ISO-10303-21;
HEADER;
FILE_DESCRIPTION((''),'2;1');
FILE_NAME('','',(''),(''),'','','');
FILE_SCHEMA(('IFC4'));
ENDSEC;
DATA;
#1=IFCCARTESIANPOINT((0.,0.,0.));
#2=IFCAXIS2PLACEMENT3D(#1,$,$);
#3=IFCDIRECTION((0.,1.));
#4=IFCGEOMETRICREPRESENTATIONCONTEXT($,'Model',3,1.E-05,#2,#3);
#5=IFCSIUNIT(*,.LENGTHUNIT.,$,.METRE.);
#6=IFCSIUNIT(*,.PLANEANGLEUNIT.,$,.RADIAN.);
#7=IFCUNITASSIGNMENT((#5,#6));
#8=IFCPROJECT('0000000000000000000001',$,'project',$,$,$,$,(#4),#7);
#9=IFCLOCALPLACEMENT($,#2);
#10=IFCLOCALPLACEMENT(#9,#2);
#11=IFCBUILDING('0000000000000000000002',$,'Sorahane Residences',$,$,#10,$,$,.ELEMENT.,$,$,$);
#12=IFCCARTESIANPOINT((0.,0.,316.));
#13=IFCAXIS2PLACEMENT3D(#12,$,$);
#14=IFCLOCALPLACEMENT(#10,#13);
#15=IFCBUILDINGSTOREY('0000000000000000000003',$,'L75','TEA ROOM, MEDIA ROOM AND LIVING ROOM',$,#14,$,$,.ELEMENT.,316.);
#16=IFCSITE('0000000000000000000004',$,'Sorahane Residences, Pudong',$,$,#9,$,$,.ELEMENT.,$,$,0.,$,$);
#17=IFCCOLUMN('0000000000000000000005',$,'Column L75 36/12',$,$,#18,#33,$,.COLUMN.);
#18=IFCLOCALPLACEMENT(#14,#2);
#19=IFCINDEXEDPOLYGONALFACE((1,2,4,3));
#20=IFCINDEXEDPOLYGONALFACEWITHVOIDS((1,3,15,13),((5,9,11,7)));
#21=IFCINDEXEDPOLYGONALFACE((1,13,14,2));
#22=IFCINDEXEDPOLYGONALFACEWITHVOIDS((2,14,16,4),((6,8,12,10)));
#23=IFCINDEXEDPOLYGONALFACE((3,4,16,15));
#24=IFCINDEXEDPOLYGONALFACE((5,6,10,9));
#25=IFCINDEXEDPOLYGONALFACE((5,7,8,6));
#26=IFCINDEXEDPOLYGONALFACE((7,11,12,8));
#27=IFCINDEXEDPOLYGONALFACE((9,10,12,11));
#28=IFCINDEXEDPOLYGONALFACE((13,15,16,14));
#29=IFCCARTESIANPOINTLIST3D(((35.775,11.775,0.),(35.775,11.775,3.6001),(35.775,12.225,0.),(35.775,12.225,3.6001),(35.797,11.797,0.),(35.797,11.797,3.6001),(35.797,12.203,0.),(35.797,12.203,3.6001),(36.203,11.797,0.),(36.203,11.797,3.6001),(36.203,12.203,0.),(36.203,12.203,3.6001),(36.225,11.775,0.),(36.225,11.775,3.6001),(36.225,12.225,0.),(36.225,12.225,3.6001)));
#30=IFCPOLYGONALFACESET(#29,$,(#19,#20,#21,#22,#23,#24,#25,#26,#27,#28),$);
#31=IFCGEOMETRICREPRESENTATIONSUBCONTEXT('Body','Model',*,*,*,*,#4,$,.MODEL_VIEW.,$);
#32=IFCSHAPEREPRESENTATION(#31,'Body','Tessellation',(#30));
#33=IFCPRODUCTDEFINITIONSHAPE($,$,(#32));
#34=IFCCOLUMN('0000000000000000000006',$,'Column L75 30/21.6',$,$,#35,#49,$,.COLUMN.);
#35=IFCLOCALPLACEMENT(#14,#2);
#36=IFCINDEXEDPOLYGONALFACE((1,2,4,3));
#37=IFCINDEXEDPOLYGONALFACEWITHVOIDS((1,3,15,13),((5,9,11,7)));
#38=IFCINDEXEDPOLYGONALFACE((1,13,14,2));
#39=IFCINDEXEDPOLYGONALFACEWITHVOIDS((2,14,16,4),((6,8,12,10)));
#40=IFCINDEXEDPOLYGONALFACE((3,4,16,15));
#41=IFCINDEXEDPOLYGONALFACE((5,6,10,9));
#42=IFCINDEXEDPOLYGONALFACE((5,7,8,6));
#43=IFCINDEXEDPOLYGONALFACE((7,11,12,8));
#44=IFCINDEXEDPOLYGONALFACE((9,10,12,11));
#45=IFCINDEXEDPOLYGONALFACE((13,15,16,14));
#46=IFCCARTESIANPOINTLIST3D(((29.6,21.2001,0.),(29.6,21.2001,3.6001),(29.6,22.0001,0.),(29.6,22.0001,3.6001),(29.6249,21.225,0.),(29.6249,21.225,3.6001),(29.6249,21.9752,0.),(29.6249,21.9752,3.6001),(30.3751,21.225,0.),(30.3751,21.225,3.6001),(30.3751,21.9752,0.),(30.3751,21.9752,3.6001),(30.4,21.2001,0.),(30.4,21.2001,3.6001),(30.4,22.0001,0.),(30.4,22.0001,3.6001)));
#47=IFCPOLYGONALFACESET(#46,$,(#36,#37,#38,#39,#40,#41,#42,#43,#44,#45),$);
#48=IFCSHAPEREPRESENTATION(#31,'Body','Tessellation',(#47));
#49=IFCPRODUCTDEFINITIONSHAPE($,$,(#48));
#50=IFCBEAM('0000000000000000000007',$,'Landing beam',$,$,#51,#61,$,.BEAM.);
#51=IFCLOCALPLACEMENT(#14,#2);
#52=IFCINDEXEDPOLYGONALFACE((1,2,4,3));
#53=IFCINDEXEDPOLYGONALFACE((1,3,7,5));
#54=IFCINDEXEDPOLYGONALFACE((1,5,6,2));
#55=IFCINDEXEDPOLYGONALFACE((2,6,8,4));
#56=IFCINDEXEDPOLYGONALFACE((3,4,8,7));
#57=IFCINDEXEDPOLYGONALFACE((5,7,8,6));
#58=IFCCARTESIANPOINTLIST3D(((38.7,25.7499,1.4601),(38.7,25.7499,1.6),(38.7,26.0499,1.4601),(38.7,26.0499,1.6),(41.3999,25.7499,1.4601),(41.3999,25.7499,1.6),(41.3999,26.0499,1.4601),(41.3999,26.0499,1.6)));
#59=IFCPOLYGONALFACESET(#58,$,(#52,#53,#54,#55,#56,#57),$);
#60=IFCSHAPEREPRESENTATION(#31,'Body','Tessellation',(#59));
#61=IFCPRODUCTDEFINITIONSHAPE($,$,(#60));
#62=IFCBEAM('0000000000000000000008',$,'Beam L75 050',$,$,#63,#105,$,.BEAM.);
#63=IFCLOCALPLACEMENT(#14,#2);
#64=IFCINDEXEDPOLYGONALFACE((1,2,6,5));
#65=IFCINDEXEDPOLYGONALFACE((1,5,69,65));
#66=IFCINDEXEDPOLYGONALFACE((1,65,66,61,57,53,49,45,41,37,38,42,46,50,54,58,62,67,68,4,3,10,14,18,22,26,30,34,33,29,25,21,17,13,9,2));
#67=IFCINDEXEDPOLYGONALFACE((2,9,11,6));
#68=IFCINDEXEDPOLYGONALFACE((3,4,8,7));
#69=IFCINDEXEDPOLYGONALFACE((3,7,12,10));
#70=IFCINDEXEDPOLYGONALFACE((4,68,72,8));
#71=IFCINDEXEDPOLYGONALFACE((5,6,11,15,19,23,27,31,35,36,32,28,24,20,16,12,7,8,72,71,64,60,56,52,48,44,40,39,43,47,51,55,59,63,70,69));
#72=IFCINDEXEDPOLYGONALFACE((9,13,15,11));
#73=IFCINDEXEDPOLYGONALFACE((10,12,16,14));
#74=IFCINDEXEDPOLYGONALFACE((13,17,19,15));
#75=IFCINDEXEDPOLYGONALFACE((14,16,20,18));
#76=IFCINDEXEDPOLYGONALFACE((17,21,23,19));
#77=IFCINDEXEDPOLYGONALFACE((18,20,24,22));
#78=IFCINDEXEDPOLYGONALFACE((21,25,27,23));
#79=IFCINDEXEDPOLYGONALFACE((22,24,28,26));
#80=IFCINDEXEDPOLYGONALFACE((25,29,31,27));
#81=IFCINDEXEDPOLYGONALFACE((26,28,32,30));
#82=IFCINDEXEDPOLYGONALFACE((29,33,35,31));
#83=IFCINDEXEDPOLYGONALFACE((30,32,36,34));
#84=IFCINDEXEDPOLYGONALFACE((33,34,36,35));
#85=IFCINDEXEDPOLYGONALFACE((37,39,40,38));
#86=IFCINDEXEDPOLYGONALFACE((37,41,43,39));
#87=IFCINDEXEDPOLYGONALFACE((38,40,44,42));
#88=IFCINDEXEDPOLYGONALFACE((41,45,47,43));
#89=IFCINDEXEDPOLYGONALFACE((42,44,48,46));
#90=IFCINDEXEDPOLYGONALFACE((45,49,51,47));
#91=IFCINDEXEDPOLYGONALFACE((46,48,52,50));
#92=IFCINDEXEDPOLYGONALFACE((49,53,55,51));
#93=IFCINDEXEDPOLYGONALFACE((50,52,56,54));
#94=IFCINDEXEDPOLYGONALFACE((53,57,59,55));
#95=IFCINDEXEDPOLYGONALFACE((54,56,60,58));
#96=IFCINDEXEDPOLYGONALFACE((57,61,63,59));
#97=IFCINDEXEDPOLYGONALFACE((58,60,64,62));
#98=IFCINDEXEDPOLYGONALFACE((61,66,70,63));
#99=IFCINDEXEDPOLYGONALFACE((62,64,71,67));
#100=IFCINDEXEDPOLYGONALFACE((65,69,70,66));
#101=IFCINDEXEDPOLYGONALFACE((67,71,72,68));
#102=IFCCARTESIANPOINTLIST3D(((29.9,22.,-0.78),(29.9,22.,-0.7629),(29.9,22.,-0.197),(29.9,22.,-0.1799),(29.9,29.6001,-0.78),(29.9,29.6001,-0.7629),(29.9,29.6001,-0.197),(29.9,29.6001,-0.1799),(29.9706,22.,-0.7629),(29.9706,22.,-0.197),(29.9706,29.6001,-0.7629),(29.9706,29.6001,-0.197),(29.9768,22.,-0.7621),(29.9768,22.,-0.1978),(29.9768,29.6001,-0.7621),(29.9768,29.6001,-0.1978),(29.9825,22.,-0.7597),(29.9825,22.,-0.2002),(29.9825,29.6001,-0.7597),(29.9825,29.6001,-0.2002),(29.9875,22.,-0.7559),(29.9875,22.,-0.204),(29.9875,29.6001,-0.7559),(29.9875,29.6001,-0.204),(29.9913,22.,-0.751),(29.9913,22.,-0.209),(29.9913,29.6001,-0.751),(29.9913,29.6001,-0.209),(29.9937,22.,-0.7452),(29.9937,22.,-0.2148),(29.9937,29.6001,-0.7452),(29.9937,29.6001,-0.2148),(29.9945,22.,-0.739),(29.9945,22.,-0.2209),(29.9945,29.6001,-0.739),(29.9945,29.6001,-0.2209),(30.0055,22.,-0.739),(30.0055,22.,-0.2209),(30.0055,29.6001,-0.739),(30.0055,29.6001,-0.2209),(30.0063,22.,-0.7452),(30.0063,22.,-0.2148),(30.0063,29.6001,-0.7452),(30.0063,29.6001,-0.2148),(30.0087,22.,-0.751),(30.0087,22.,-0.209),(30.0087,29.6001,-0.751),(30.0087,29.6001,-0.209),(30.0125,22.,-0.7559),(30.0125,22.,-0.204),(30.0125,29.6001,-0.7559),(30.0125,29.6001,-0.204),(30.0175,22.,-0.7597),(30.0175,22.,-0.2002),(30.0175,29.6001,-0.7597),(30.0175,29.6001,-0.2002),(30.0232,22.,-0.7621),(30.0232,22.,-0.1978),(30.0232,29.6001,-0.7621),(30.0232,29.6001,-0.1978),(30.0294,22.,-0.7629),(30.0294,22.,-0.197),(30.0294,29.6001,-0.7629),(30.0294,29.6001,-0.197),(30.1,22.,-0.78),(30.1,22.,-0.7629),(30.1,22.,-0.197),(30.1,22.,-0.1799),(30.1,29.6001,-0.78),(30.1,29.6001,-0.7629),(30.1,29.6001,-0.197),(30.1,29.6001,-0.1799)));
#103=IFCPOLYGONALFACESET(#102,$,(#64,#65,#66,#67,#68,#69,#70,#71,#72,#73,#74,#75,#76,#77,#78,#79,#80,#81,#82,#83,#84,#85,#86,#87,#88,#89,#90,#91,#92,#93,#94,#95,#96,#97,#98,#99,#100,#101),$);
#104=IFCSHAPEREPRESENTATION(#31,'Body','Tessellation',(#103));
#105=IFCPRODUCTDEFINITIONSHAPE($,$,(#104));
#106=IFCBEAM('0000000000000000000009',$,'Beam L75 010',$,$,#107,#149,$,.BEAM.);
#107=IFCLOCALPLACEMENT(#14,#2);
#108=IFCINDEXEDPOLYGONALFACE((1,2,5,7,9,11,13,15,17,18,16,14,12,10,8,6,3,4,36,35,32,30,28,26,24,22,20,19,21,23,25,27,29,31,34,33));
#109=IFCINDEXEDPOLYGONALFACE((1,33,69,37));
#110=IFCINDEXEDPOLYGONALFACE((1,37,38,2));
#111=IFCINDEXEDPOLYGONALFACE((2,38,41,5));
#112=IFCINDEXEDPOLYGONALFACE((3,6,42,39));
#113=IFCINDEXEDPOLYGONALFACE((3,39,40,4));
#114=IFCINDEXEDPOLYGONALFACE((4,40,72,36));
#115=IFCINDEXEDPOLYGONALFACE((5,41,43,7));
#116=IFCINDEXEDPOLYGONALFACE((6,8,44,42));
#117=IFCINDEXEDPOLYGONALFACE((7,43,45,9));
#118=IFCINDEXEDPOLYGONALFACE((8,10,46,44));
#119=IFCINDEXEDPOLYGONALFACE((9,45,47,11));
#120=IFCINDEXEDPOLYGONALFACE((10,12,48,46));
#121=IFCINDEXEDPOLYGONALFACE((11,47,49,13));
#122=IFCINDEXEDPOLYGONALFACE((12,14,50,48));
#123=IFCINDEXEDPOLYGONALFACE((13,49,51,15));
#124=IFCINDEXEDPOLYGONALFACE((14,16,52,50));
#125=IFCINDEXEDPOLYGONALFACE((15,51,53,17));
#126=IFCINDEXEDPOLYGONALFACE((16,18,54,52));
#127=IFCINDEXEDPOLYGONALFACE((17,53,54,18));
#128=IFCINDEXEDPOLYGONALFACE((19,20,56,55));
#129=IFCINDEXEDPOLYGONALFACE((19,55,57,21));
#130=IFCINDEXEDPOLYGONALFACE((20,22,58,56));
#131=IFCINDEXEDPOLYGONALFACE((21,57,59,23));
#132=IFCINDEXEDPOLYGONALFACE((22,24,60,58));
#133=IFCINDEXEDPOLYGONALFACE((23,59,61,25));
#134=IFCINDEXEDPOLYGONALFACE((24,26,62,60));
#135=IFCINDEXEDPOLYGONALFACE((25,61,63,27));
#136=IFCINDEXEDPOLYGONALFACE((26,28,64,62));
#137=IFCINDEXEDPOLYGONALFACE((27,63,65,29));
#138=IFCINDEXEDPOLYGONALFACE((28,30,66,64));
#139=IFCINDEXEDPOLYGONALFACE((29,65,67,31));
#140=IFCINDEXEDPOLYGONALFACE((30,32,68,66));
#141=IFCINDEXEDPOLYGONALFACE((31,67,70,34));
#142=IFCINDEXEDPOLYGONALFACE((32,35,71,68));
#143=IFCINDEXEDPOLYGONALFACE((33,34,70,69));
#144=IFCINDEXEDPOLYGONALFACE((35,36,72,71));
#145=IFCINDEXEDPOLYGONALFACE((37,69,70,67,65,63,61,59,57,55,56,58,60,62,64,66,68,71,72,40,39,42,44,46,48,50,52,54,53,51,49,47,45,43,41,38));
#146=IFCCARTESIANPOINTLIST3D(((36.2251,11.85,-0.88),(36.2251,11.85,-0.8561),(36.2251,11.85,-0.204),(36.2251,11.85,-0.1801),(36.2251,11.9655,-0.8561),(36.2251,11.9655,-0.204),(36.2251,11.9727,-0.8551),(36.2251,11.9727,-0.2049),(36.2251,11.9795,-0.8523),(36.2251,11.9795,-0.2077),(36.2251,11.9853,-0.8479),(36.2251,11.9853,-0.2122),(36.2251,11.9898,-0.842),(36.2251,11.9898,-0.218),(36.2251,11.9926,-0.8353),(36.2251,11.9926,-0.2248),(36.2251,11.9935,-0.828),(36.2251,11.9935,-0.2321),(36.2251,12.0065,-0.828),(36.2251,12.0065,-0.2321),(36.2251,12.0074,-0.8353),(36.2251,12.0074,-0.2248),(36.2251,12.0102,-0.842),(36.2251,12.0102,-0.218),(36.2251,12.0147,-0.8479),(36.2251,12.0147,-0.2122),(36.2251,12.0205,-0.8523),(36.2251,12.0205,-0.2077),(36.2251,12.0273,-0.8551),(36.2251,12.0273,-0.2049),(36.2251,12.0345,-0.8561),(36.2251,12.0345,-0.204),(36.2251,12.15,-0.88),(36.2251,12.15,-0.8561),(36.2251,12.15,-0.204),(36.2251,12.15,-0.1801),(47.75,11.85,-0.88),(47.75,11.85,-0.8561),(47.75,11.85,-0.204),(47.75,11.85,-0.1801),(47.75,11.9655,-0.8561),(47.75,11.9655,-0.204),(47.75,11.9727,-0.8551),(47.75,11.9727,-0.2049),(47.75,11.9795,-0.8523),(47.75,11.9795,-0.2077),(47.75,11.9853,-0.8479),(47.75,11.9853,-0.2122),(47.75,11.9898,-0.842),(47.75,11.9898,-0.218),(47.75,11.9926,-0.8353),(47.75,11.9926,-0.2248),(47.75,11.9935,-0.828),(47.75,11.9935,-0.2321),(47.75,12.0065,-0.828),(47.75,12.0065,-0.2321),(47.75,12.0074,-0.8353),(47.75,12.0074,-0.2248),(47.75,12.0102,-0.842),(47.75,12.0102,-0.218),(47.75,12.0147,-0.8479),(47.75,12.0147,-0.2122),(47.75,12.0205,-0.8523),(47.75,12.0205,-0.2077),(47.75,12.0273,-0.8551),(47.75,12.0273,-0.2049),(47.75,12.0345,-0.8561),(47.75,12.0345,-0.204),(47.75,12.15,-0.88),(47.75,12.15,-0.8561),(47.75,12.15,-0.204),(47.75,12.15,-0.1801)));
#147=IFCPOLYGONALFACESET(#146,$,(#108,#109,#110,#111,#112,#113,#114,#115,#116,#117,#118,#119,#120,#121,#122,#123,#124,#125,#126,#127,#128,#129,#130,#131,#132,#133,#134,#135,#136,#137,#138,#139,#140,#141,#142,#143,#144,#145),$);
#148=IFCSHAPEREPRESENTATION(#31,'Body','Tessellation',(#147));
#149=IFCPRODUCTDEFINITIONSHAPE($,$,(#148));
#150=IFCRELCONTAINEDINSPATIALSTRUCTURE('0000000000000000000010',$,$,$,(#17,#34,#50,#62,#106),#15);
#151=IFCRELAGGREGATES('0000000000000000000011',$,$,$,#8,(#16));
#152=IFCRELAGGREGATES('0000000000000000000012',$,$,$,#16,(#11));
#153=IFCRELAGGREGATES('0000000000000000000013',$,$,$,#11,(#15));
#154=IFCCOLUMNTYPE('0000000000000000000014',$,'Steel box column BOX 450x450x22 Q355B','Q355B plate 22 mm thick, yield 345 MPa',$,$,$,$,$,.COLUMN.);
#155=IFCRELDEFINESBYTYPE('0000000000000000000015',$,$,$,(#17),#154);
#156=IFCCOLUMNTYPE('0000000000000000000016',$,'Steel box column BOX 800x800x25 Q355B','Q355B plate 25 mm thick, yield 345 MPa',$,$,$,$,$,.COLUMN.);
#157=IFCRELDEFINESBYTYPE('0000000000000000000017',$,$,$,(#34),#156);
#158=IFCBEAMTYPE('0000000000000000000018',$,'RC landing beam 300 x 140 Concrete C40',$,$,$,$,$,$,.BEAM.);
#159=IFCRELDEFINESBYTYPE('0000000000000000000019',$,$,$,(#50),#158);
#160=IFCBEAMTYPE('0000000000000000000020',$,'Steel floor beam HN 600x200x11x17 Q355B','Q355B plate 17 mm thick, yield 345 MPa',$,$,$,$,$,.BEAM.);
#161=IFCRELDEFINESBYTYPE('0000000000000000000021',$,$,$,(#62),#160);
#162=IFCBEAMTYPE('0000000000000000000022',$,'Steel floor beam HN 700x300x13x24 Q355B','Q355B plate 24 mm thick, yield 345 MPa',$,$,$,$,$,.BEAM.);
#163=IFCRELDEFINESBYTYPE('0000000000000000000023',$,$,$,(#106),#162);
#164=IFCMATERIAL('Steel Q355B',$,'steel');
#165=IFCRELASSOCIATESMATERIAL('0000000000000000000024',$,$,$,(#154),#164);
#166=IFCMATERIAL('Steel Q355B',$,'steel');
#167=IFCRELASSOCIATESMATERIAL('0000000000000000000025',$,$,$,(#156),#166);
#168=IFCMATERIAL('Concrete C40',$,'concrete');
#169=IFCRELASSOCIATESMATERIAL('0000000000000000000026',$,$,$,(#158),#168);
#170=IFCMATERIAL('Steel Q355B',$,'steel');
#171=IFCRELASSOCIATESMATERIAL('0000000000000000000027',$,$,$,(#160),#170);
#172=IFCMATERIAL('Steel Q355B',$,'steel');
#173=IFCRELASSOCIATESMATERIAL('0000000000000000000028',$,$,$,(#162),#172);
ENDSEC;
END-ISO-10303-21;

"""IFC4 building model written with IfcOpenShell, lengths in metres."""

from ifc_helpers import new_model, si_unit, direction, frame, origin, origin_2d, place, context, subcontext, project, spatial, rectangle, hollow_rectangle, i_section, extrude, material, material_profile, profile_set, type_object, element, save


model = new_model("IFC4")

# Units and contexts
model_context = context("Model", 3, precision=1e-05, world=origin(), true_north=direction((0.0, 1.0)))
body_context = subcontext(model_context, "Body", "Model", "MODEL_VIEW")
ifc_project = project(units=[si_unit("LENGTHUNIT", "METRE"), si_unit("PLANEANGLEUNIT", "RADIAN")], contexts=[model_context])

# Site, building, storey
site_placement = place(None, origin())
site = spatial("IfcSite", under=ifc_project, at=site_placement, Name="Sorahane Residences, Pudong", CompositionType="ELEMENT", RefElevation=0.0)
building_placement = place(site_placement, origin())
building = spatial("IfcBuilding", under=site, at=building_placement, Name="Sorahane Residences", CompositionType="ELEMENT")
storey_placement = place(building_placement, frame((0.0, 0.0, 316.0)))
storey = spatial("IfcBuildingStorey", under=building, at=storey_placement, Name="L75", Description="TEA ROOM, MEDIA ROOM AND LIVING ROOM", CompositionType="ELEMENT", Elevation=316.0)

# Columns
ifc_material_1 = material(Name="Steel Q355B", Category="steel")
ifc_material_profile_1 = material_profile(ifc_material_1, hollow_rectangle(XDim=0.45, YDim=0.45, WallThickness=0.022, at=origin_2d()), Name="BOX 450x450x22")
ifc_profile_set_1 = profile_set([ifc_material_profile_1], Name="Steel Q355B")
column_type_1 = type_object("IfcColumnType", Name="Steel box column BOX 450x450x22 Q355B", Description="Q355B plate 22 mm thick, yield 345 MPa", PredefinedType="COLUMN", material=ifc_profile_set_1)
column_1_placement = place(storey_placement, frame((36.0, 12.0, 0.0), z_axis=(0.0, 0.0, 1.0), x_axis=(1.0, 0.0, 0.0)))
element("IfcColumn", 1, at=column_1_placement, inside=storey, type_object=column_type_1, Name="Column L75 36/12", PredefinedType="COLUMN", context=body_context, shape_type="SweptSolid", body=[
    extrude(hollow_rectangle(XDim=0.45, YDim=0.45, WallThickness=0.022, at=origin_2d()), origin(), (0.0, 0.0, 1.0), 3.6001),
])
ifc_material_2 = material(Name="Steel Q355B", Category="steel")
ifc_material_profile_2 = material_profile(ifc_material_2, hollow_rectangle(XDim=0.8, YDim=0.8, WallThickness=0.0249, at=origin_2d()), Name="BOX 800x800x25")
ifc_profile_set_2 = profile_set([ifc_material_profile_2], Name="Steel Q355B")
column_type_2 = type_object("IfcColumnType", Name="Steel box column BOX 800x800x25 Q355B", Description="Q355B plate 25 mm thick, yield 345 MPa", PredefinedType="COLUMN", material=ifc_profile_set_2)
column_2_placement = place(storey_placement, frame((30.0, 21.6001, 0.0), z_axis=(0.0, 0.0, 1.0), x_axis=(1.0, 0.0, 0.0)))
element("IfcColumn", 2, at=column_2_placement, inside=storey, type_object=column_type_2, Name="Column L75 30/21.6", PredefinedType="COLUMN", context=body_context, shape_type="SweptSolid", body=[
    extrude(hollow_rectangle(XDim=0.8, YDim=0.8, WallThickness=0.0249, at=origin_2d()), origin(), (0.0, 0.0, 1.0), 3.6001),
])

# Beams
ifc_material_3 = material(Name="Concrete C40", Category="concrete")
ifc_material_profile_3 = material_profile(ifc_material_3, rectangle(XDim=0.3, YDim=0.1399, at=origin_2d()), Name="300x140")
ifc_profile_set_3 = profile_set([ifc_material_profile_3], Name="Concrete C40")
beam_type_1 = type_object("IfcBeamType", Name="RC landing beam 300 x 140 Concrete C40", PredefinedType="BEAM", material=ifc_profile_set_3)
beam_1_placement = place(storey_placement, frame((38.7, 25.8999, 1.53), z_axis=(1.0, 0.0, 0.0), x_axis=(0.0, 1.0, 0.0)))
element("IfcBeam", 3, at=beam_1_placement, inside=storey, type_object=beam_type_1, Name="Landing beam", PredefinedType="BEAM", context=body_context, shape_type="SweptSolid", body=[
    extrude(rectangle(XDim=0.3, YDim=0.1399, at=origin_2d()), origin(), (0.0, 0.0, 1.0), 2.7),
])
ifc_material_4 = material(Name="Steel Q355B", Category="steel")
ifc_material_profile_4 = material_profile(ifc_material_4, i_section(OverallWidth=0.2, OverallDepth=0.6001, WebThickness=0.011, FlangeThickness=0.0171, FilletRadius=0.0239, at=origin_2d()), Name="HN 600x200x11x17")
ifc_profile_set_4 = profile_set([ifc_material_profile_4], Name="Steel Q355B")
beam_type_2 = type_object("IfcBeamType", Name="Steel floor beam HN 600x200x11x17 Q355B", Description="Q355B plate 17 mm thick, yield 345 MPa", PredefinedType="BEAM", material=ifc_profile_set_4)
beam_2_placement = place(storey_placement, frame((30.0, 22.0, -0.48), z_axis=(0.0, 1.0, 0.0), x_axis=(-1.0, 0.0, 0.0)))
element("IfcBeam", 4, at=beam_2_placement, inside=storey, type_object=beam_type_2, Name="Beam L75 050", PredefinedType="BEAM", context=body_context, shape_type="SweptSolid", body=[
    extrude(i_section(OverallWidth=0.2, OverallDepth=0.6001, WebThickness=0.011, FlangeThickness=0.0171, FilletRadius=0.0239, at=origin_2d()), origin(), (0.0, 0.0, 1.0), 7.6001),
])
ifc_material_5 = material(Name="Steel Q355B", Category="steel")
ifc_material_profile_5 = material_profile(ifc_material_5, i_section(OverallWidth=0.3, OverallDepth=0.7, WebThickness=0.0129, FlangeThickness=0.0239, FilletRadius=0.0281, at=origin_2d()), Name="HN 700x300x13x24")
ifc_profile_set_5 = profile_set([ifc_material_profile_5], Name="Steel Q355B")
beam_type_3 = type_object("IfcBeamType", Name="Steel floor beam HN 700x300x13x24 Q355B", Description="Q355B plate 24 mm thick, yield 345 MPa", PredefinedType="BEAM", material=ifc_profile_set_5)
beam_3_placement = place(storey_placement, frame((36.2251, 12.0, -0.53), z_axis=(1.0, 0.0, 0.0), x_axis=(0.0, 1.0, 0.0)))
element("IfcBeam", 5, at=beam_3_placement, inside=storey, type_object=beam_type_3, Name="Beam L75 010", PredefinedType="BEAM", context=body_context, shape_type="SweptSolid", body=[
    extrude(i_section(OverallWidth=0.3, OverallDepth=0.7, WebThickness=0.0129, FlangeThickness=0.0239, FilletRadius=0.0281, at=origin_2d()), origin(), (0.0, 0.0, 1.0), 11.5249),
])

save(model, "model.ifc")
